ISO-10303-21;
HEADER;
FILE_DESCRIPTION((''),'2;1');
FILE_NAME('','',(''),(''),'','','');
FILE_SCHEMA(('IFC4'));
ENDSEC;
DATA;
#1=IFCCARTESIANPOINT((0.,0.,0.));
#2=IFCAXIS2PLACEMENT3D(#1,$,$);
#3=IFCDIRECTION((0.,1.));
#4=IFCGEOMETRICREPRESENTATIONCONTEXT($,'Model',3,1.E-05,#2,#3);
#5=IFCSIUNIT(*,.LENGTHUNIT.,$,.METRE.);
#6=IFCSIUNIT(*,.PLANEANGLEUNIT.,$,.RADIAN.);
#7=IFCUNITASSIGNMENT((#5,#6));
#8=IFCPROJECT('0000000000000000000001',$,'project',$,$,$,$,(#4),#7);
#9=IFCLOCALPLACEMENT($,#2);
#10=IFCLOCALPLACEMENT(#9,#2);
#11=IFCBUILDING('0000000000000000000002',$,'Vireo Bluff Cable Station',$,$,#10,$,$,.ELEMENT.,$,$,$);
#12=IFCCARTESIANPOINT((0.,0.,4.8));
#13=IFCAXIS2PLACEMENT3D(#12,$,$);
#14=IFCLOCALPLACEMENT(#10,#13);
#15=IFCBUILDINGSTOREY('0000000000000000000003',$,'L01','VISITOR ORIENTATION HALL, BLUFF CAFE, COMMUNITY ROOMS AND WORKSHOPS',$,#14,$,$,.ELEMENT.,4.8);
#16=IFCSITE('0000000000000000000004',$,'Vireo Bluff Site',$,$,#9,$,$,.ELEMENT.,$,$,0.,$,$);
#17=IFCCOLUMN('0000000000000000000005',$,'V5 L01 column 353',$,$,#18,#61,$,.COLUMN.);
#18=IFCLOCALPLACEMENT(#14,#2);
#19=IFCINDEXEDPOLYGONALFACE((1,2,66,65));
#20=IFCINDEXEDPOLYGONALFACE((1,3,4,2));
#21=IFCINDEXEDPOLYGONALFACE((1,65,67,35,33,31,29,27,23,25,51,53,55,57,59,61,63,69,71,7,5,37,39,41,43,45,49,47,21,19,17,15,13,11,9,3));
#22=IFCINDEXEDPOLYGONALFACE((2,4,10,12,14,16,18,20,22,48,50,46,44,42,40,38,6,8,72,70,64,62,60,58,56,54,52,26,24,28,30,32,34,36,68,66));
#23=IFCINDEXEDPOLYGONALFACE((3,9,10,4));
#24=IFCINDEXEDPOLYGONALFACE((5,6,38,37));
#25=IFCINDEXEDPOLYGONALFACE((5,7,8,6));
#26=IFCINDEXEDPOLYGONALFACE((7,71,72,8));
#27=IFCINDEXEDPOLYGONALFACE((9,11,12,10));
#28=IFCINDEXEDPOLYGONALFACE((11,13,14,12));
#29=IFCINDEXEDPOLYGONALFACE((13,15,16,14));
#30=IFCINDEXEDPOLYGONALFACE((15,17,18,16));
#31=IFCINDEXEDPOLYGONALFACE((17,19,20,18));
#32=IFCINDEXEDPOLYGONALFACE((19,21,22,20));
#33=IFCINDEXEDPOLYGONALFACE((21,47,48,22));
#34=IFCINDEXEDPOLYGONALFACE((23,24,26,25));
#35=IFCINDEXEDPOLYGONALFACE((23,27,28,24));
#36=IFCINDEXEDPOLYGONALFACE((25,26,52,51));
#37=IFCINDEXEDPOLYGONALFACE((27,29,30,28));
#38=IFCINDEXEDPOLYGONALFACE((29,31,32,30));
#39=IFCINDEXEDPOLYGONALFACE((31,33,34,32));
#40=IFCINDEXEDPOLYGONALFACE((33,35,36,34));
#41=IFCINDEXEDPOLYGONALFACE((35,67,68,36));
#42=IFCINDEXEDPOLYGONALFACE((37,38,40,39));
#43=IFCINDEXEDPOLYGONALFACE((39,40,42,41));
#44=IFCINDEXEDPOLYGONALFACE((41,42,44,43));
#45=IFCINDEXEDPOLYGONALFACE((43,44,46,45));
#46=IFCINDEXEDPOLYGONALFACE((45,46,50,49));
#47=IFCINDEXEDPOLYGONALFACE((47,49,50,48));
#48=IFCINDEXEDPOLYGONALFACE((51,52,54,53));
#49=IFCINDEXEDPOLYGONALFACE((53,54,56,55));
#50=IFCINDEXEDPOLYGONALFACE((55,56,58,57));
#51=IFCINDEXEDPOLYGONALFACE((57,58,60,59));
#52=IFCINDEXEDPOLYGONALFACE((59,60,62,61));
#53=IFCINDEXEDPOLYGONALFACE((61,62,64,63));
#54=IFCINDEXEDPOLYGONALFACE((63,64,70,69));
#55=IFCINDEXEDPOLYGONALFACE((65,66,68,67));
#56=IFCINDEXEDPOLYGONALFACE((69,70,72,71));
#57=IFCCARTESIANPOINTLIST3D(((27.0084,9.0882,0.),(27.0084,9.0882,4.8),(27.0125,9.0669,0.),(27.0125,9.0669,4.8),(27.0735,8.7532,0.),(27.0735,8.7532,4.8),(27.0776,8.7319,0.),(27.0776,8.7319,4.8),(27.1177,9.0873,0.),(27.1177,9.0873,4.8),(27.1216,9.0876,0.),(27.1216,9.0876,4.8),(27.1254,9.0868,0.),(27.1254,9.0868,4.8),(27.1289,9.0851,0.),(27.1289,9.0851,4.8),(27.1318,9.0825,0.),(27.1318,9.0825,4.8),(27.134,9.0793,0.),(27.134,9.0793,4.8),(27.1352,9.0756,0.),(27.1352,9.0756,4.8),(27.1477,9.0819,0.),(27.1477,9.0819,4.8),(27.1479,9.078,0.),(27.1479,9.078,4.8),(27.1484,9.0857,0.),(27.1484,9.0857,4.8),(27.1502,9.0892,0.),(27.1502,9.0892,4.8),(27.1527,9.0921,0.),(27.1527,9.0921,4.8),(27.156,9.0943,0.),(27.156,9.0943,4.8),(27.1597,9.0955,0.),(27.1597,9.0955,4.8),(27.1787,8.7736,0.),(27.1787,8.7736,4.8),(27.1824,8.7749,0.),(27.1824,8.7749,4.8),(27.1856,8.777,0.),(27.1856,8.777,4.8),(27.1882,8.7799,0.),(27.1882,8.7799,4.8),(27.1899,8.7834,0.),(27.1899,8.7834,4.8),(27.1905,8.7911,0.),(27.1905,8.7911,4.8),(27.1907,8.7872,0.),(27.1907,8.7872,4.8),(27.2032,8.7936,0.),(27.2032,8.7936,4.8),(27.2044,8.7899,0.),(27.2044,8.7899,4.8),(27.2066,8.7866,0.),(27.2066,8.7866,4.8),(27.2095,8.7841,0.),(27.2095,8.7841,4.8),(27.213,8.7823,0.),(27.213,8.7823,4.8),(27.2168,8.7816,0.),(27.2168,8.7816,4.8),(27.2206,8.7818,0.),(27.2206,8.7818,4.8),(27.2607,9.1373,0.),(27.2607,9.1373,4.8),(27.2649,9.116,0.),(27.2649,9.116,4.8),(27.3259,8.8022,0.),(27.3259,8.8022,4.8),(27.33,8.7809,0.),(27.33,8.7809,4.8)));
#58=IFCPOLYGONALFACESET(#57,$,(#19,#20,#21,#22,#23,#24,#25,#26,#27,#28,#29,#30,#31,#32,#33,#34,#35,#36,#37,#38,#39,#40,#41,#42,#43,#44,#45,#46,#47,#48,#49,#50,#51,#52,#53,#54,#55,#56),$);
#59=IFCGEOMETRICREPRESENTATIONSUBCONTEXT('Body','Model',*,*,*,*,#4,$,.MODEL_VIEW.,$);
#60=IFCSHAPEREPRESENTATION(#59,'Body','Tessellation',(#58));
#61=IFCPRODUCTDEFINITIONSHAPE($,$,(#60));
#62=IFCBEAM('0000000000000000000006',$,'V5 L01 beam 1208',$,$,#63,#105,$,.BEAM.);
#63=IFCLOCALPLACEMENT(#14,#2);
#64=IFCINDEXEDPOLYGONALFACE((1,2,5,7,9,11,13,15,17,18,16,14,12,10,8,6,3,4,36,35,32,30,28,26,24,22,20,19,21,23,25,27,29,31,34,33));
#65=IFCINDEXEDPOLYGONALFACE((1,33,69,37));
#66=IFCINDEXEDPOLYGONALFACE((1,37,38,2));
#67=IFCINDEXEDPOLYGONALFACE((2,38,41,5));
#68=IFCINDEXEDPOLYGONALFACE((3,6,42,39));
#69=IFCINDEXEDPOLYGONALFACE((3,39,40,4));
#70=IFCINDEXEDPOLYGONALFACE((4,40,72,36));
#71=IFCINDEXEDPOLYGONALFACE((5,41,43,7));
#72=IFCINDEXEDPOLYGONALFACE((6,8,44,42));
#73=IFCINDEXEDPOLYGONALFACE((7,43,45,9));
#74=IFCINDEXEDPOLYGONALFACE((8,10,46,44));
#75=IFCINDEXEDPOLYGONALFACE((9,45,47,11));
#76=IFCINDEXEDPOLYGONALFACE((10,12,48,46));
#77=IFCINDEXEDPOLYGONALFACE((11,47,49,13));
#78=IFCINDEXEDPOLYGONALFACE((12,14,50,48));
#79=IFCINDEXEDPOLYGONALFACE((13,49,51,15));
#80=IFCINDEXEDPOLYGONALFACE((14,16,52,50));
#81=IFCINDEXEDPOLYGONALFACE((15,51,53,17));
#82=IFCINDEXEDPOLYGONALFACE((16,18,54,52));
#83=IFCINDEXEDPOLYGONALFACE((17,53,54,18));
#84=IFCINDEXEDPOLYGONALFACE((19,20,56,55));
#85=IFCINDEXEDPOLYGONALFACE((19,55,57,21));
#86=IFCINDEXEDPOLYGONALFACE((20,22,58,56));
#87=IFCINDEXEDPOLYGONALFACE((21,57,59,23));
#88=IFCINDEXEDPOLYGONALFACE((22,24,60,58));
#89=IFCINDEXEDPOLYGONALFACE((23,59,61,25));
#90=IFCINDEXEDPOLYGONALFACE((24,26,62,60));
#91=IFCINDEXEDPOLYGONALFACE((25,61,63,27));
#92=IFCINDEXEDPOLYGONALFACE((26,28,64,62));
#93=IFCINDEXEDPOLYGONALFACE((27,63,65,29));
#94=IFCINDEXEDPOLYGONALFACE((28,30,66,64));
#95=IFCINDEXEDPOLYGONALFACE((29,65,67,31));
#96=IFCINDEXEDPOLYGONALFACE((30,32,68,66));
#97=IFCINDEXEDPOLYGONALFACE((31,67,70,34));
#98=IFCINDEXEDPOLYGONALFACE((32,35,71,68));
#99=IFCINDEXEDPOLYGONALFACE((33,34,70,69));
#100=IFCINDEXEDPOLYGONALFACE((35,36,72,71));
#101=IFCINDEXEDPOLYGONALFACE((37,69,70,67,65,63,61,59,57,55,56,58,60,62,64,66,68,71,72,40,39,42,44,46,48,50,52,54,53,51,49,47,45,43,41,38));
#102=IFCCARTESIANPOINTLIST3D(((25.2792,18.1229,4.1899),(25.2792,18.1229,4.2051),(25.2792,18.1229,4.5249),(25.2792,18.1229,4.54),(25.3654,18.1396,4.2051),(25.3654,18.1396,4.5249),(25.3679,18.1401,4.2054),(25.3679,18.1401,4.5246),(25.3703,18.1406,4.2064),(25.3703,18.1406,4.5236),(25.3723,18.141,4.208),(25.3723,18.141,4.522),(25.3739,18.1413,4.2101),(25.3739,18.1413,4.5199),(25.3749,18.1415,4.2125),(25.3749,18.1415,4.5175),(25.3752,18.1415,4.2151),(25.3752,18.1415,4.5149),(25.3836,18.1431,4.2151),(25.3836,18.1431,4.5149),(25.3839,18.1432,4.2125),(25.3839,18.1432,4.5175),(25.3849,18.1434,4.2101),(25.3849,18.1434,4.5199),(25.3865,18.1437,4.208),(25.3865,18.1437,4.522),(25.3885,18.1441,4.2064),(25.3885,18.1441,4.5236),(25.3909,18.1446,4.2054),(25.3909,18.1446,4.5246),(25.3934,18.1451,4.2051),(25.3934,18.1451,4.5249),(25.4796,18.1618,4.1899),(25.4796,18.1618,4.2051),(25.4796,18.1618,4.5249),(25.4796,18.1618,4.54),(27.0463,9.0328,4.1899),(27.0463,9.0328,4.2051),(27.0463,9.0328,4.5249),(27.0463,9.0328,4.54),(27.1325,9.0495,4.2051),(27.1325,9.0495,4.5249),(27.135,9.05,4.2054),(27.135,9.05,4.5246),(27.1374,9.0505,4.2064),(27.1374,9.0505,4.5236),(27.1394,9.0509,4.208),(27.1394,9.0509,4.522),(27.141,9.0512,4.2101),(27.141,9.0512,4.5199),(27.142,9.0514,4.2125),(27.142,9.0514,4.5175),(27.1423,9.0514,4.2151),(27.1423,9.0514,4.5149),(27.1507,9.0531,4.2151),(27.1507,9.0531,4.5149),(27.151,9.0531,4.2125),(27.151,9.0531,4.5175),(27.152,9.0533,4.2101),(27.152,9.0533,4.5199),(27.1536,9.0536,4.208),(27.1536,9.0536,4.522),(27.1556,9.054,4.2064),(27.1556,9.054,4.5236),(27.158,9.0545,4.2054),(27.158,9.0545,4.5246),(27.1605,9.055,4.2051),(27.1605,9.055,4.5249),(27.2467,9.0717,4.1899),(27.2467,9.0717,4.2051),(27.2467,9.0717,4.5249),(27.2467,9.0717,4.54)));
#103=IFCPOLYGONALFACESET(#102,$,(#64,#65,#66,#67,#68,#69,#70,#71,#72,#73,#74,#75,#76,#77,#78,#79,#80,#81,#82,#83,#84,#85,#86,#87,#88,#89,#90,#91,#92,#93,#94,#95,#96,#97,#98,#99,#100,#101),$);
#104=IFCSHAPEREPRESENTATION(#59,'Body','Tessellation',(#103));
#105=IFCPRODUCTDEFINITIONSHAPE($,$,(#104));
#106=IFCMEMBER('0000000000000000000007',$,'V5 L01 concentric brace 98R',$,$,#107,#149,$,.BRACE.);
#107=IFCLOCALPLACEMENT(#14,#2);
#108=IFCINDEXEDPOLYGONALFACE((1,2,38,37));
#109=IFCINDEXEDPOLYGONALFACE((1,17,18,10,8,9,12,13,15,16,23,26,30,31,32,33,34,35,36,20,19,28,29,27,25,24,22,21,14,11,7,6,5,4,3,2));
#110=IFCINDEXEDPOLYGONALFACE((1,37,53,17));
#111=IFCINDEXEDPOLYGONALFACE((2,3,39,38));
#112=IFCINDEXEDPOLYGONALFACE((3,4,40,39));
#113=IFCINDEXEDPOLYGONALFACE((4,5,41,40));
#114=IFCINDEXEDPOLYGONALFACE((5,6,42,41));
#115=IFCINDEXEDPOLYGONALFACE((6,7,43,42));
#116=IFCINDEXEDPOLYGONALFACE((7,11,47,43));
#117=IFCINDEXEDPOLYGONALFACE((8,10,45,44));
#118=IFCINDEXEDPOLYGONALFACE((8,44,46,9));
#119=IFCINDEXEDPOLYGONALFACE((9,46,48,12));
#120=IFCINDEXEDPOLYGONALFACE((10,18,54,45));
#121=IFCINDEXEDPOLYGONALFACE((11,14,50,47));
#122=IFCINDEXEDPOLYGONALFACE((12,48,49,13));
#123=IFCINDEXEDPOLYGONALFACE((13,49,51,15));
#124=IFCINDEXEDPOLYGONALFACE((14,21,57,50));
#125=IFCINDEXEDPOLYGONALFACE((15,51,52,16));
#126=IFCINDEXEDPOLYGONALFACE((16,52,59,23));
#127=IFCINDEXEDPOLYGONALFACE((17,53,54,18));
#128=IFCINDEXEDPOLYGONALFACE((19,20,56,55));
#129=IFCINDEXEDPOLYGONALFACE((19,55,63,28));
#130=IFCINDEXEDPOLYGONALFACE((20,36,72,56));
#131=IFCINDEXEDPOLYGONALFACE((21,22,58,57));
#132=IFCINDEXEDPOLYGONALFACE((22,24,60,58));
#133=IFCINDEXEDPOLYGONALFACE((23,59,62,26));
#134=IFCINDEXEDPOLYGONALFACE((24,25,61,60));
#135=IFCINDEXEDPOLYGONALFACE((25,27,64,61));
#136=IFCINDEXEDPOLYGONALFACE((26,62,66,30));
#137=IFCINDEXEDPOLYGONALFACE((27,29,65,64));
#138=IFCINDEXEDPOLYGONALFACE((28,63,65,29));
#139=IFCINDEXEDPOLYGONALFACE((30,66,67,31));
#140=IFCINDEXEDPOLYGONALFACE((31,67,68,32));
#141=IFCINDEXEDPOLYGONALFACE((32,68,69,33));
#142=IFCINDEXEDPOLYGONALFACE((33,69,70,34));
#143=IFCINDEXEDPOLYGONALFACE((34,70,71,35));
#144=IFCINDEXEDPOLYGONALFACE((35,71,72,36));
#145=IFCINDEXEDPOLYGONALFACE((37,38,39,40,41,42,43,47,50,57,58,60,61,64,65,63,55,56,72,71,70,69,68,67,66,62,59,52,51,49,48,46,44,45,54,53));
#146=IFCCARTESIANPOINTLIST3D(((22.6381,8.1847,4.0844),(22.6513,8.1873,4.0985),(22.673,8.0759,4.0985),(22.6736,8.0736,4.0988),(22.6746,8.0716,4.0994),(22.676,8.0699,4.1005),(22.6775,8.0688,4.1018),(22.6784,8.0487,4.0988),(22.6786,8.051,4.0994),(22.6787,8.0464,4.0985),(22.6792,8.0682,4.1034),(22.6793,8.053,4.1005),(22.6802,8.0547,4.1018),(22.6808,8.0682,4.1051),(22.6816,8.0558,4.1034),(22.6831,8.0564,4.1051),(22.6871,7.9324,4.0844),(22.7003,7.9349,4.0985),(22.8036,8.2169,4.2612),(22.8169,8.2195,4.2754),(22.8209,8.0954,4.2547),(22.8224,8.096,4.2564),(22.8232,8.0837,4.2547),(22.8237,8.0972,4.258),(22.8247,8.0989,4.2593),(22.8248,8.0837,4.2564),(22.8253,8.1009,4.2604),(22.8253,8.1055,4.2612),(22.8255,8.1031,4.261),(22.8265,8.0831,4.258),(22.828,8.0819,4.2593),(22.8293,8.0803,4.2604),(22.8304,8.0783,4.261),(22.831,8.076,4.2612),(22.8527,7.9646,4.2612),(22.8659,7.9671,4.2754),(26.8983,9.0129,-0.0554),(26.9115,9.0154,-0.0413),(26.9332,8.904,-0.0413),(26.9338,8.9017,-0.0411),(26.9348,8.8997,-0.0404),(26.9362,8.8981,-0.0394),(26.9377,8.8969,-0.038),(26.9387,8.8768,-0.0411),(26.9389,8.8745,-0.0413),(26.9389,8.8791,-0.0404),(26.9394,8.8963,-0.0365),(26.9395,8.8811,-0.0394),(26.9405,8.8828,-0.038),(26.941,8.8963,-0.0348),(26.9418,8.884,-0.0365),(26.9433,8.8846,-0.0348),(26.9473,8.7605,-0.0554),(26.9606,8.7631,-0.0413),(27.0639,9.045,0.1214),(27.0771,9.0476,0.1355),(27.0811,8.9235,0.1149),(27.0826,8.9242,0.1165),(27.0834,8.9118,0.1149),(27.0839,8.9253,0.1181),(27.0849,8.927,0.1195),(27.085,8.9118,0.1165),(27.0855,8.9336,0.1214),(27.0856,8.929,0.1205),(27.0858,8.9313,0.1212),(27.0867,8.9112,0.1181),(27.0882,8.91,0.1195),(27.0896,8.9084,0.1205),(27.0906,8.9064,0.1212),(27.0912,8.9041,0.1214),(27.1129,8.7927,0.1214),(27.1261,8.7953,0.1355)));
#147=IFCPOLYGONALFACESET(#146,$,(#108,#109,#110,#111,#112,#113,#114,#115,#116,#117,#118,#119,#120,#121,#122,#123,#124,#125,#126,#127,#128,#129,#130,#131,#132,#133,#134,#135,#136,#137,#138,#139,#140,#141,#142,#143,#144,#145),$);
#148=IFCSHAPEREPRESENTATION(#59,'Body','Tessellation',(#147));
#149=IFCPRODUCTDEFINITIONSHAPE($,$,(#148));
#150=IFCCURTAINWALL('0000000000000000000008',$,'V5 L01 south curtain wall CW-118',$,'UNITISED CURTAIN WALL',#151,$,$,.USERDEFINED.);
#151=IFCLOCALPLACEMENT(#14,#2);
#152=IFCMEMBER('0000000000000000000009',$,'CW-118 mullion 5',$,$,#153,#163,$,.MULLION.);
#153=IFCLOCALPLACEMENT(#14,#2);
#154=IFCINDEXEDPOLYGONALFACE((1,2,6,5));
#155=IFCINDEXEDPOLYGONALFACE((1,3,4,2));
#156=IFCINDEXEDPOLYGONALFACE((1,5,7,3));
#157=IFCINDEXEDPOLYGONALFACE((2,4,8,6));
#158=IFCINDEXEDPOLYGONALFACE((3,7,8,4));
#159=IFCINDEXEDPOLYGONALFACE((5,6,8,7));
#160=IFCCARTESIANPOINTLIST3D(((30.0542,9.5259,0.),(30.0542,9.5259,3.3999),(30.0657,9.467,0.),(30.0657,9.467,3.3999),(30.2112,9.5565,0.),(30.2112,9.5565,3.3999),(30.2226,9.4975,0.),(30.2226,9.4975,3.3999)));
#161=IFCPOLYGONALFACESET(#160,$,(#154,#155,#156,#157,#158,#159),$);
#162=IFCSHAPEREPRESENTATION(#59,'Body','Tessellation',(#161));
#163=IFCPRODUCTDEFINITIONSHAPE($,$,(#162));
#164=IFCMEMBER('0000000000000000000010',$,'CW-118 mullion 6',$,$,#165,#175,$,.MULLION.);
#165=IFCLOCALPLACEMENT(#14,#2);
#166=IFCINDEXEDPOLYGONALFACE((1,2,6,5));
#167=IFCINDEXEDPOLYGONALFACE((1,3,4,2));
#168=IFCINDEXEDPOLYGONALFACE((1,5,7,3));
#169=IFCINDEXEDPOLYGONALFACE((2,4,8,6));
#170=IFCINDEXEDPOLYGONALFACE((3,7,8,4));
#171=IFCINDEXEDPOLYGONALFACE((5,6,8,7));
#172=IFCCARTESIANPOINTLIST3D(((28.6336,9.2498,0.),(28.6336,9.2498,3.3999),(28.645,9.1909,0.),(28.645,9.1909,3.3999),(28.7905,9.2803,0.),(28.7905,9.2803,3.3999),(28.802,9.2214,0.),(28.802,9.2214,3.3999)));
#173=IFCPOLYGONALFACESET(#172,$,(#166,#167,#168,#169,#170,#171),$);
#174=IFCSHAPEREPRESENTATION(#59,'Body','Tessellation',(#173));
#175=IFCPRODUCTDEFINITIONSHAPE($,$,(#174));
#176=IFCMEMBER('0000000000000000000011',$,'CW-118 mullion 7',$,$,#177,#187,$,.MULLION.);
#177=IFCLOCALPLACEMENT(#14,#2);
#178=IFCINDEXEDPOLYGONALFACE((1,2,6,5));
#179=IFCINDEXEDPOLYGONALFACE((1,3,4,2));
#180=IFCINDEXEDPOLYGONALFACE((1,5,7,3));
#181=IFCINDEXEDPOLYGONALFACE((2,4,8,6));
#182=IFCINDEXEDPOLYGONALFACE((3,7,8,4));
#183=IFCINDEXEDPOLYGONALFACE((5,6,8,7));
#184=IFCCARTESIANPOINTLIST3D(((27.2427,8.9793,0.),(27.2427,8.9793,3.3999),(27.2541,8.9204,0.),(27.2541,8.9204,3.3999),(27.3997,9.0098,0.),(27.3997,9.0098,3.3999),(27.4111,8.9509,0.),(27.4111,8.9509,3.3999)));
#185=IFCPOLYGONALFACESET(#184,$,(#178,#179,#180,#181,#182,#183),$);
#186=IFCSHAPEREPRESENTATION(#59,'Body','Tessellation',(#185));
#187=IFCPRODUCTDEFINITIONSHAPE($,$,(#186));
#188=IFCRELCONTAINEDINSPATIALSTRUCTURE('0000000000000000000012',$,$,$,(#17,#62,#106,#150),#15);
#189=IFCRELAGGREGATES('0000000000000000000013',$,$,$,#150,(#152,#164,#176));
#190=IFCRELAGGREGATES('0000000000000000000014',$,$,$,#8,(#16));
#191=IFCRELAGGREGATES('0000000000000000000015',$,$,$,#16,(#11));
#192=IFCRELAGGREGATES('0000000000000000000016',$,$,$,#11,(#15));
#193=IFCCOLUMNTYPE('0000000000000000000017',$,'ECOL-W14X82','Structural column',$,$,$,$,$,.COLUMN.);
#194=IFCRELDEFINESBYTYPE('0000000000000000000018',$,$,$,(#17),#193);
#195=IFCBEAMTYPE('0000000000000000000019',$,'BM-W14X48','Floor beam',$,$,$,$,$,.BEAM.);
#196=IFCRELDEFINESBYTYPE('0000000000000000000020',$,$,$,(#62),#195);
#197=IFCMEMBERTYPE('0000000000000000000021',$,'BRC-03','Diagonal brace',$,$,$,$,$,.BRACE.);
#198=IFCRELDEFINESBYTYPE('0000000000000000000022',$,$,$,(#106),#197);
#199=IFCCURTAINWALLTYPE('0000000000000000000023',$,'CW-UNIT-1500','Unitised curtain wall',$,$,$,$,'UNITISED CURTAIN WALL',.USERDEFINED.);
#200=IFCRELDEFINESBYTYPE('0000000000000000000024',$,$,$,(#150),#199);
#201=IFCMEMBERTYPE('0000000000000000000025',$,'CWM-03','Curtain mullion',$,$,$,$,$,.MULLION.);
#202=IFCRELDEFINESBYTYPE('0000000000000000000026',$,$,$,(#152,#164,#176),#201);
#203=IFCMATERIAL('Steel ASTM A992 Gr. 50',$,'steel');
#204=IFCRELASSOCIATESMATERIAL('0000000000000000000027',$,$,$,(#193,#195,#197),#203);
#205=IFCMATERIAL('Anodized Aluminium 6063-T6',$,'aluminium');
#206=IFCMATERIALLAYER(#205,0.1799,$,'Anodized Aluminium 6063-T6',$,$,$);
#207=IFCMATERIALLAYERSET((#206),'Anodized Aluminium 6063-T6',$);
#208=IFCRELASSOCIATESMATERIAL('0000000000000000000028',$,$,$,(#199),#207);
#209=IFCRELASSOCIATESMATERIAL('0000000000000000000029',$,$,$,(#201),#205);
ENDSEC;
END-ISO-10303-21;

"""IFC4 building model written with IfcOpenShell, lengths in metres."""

from ifc_helpers import new_model, si_unit, direction, frame, origin, origin_2d, place, context, subcontext, project, spatial, rectangle, i_section, extrude, material, layer, layer_set, material_profile, profile_set, type_object, element, aggregate, save


model = new_model("IFC4")

# Units and contexts
model_context = context("Model", 3, precision=1e-05, world=origin(), true_north=direction((0.0, 1.0)))
body_context = subcontext(model_context, "Body", "Model", "MODEL_VIEW")
ifc_project = project(units=[si_unit("LENGTHUNIT", "METRE"), si_unit("PLANEANGLEUNIT", "RADIAN")], contexts=[model_context])

# Site, building, storey
site_placement = place(None, origin())
site = spatial("IfcSite", under=ifc_project, at=site_placement, Name="Vireo Bluff Site", CompositionType="ELEMENT", RefElevation=0.0)
building_placement = place(site_placement, origin())
building = spatial("IfcBuilding", under=site, at=building_placement, Name="Vireo Bluff Cable Station", CompositionType="ELEMENT")
storey_placement = place(building_placement, frame((0.0, 0.0, 4.8)))
storey = spatial("IfcBuildingStorey", under=building, at=storey_placement, Name="L01", Description="VISITOR ORIENTATION HALL, BLUFF CAFE, COMMUNITY ROOMS AND WORKSHOPS", CompositionType="ELEMENT", Elevation=4.8)

# Column
ifc_material_1 = material(Name="Steel ASTM A992 Gr. 50", Category="steel")
ifc_material_profile_1 = material_profile(ifc_material_1, i_section(OverallWidth=0.2571, OverallDepth=0.363, WebThickness=0.0129, FlangeThickness=0.0217, FilletRadius=0.0149, at=origin_2d()), Name="W14X82")
ifc_profile_set_1 = profile_set([ifc_material_profile_1], Name="Steel ASTM A992 Gr. 50")
column_type = type_object("IfcColumnType", Name="ECOL-W14X82", Description="Structural column", PredefinedType="COLUMN", material=ifc_profile_set_1)
column_placement = place(storey_placement, frame((27.1692, 8.9346, 0.0), z_axis=(0.0, 0.0, 1.0), x_axis=(0.981627, 0.190809, 0.0)))
element("IfcColumn", 1, at=column_placement, inside=storey, type_object=column_type, Name="V5 L01 column 353", PredefinedType="COLUMN", context=body_context, shape_type="SweptSolid", body=[
    extrude(i_section(OverallWidth=0.2571, OverallDepth=0.363, WebThickness=0.0129, FlangeThickness=0.0217, FilletRadius=0.0149, at=origin_2d()), origin(), (0.0, 0.0, 1.0), 4.8),
])

# Beam
ifc_material_profile_2 = material_profile(ifc_material_1, i_section(OverallWidth=0.2041, OverallDepth=0.3501, WebThickness=0.0085, FlangeThickness=0.0151, FilletRadius=0.01, at=origin_2d()), Name="W14X48")
ifc_profile_set_2 = profile_set([ifc_material_profile_2], Name="Steel ASTM A992 Gr. 50")
beam_type_1 = type_object("IfcBeamType", Name="BM-W14X48", Description="Floor beam", PredefinedType="BEAM", material=ifc_profile_set_2)
beam_1_placement = place(storey_placement, frame((27.1465, 9.0522, 4.365), z_axis=(-0.190825, 0.981624, 0.0), x_axis=(-0.981624, -0.190825, 0.0)))
element("IfcBeam", 2, at=beam_1_placement, inside=storey, type_object=beam_type_1, Name="V5 L01 beam 1208", PredefinedType="BEAM", context=body_context, shape_type="SweptSolid", body=[
    extrude(i_section(OverallWidth=0.2041, OverallDepth=0.3501, WebThickness=0.0085, FlangeThickness=0.0151, FilletRadius=0.01, at=origin_2d()), origin(), (0.0, 0.0, 1.0), 9.2603),
])

# Member
ifc_material_profile_3 = material_profile(ifc_material_1, i_section(OverallWidth=0.2571, OverallDepth=0.2639, WebThickness=0.012, FlangeThickness=0.0195, FilletRadius=0.009, at=origin_2d()), Name="W10X68")
ifc_profile_set_3 = profile_set([ifc_material_profile_3], Name="Steel ASTM A992 Gr. 50")
member_type_1 = type_object("IfcMemberType", Name="BRC-03", Description="Diagonal brace", PredefinedType="BRACE", material=ifc_profile_set_3)
member_1_placement = place(storey_placement, frame((27.0122, 8.9041, 0.04), z_axis=(-0.710296, -0.13807, 0.690229), x_axis=(0.190812, -0.981627, 0.0)))
element("IfcMember", 3, at=member_1_placement, inside=storey, type_object=member_type_1, Name="V5 L01 concentric brace 98R", PredefinedType="BRACE", context=body_context, shape_type="SweptSolid", body=[
    extrude(i_section(OverallWidth=0.2571, OverallDepth=0.2639, WebThickness=0.012, FlangeThickness=0.0195, FilletRadius=0.009, at=origin_2d()), origin(), (0.0, 0.0, 1.0), 5.9978),
])

# Curtain wall, members
ifc_material_2 = material(Name="Anodized Aluminium 6063-T6", Category="aluminium")
ifc_layer_1 = layer(ifc_material_2, 0.1799, Name="Anodized Aluminium 6063-T6")
ifc_layer_set_1 = layer_set([ifc_layer_1], Name="Anodized Aluminium 6063-T6")
curtain_wall_type = type_object("IfcCurtainWallType", Name="CW-UNIT-1500", Description="Unitised curtain wall", ElementType="UNITISED CURTAIN WALL", PredefinedType="USERDEFINED", material=ifc_layer_set_1)
curtain_wall_placement = place(storey_placement, origin())
curtain_wall = element("IfcCurtainWall", 4, at=curtain_wall_placement, inside=storey, type_object=curtain_wall_type, Name="V5 L01 south curtain wall CW-118", ObjectType="UNITISED CURTAIN WALL", PredefinedType="USERDEFINED")
ifc_material_profile_4 = material_profile(ifc_material_2, rectangle(XDim=0.0601, YDim=0.1599, at=origin_2d()), Name="ALU-M-60X160")
ifc_profile_set_4 = profile_set([ifc_material_profile_4], Name="Anodized Aluminium 6063-T6")
member_type_2 = type_object("IfcMemberType", Name="CWM-03", Description="Curtain mullion", PredefinedType="MULLION", material=ifc_profile_set_4)
member_2_placement = place(storey_placement, frame((30.1384, 9.5117, 0.0), z_axis=(0.0, 0.0, 1.0), x_axis=(0.190809, -0.981627, 0.0)))
member_2 = element("IfcMember", 5, at=member_2_placement, type_object=member_type_2, Name="CW-118 mullion 5", PredefinedType="MULLION", context=body_context, shape_type="SweptSolid", body=[
    extrude(rectangle(XDim=0.0601, YDim=0.1599, at=origin_2d()), origin(), (0.0, 0.0, 1.0), 3.3999),
])
member_3_placement = place(storey_placement, frame((28.7178, 9.2356, 0.0), z_axis=(0.0, 0.0, 1.0), x_axis=(0.190809, -0.981627, 0.0)))
member_3 = element("IfcMember", 6, at=member_3_placement, type_object=member_type_2, Name="CW-118 mullion 6", PredefinedType="MULLION", context=body_context, shape_type="SweptSolid", body=[
    extrude(rectangle(XDim=0.0601, YDim=0.1599, at=origin_2d()), origin(), (0.0, 0.0, 1.0), 3.3999),
])
member_4_placement = place(storey_placement, frame((27.3269, 8.9651, 0.0), z_axis=(0.0, 0.0, 1.0), x_axis=(0.190809, -0.981627, 0.0)))
member_4 = element("IfcMember", 7, at=member_4_placement, type_object=member_type_2, Name="CW-118 mullion 7", PredefinedType="MULLION", context=body_context, shape_type="SweptSolid", body=[
    extrude(rectangle(XDim=0.0601, YDim=0.1599, at=origin_2d()), origin(), (0.0, 0.0, 1.0), 3.3999),
])

aggregate(curtain_wall, [member_2, member_3, member_4])

save(model, "model.ifc")
